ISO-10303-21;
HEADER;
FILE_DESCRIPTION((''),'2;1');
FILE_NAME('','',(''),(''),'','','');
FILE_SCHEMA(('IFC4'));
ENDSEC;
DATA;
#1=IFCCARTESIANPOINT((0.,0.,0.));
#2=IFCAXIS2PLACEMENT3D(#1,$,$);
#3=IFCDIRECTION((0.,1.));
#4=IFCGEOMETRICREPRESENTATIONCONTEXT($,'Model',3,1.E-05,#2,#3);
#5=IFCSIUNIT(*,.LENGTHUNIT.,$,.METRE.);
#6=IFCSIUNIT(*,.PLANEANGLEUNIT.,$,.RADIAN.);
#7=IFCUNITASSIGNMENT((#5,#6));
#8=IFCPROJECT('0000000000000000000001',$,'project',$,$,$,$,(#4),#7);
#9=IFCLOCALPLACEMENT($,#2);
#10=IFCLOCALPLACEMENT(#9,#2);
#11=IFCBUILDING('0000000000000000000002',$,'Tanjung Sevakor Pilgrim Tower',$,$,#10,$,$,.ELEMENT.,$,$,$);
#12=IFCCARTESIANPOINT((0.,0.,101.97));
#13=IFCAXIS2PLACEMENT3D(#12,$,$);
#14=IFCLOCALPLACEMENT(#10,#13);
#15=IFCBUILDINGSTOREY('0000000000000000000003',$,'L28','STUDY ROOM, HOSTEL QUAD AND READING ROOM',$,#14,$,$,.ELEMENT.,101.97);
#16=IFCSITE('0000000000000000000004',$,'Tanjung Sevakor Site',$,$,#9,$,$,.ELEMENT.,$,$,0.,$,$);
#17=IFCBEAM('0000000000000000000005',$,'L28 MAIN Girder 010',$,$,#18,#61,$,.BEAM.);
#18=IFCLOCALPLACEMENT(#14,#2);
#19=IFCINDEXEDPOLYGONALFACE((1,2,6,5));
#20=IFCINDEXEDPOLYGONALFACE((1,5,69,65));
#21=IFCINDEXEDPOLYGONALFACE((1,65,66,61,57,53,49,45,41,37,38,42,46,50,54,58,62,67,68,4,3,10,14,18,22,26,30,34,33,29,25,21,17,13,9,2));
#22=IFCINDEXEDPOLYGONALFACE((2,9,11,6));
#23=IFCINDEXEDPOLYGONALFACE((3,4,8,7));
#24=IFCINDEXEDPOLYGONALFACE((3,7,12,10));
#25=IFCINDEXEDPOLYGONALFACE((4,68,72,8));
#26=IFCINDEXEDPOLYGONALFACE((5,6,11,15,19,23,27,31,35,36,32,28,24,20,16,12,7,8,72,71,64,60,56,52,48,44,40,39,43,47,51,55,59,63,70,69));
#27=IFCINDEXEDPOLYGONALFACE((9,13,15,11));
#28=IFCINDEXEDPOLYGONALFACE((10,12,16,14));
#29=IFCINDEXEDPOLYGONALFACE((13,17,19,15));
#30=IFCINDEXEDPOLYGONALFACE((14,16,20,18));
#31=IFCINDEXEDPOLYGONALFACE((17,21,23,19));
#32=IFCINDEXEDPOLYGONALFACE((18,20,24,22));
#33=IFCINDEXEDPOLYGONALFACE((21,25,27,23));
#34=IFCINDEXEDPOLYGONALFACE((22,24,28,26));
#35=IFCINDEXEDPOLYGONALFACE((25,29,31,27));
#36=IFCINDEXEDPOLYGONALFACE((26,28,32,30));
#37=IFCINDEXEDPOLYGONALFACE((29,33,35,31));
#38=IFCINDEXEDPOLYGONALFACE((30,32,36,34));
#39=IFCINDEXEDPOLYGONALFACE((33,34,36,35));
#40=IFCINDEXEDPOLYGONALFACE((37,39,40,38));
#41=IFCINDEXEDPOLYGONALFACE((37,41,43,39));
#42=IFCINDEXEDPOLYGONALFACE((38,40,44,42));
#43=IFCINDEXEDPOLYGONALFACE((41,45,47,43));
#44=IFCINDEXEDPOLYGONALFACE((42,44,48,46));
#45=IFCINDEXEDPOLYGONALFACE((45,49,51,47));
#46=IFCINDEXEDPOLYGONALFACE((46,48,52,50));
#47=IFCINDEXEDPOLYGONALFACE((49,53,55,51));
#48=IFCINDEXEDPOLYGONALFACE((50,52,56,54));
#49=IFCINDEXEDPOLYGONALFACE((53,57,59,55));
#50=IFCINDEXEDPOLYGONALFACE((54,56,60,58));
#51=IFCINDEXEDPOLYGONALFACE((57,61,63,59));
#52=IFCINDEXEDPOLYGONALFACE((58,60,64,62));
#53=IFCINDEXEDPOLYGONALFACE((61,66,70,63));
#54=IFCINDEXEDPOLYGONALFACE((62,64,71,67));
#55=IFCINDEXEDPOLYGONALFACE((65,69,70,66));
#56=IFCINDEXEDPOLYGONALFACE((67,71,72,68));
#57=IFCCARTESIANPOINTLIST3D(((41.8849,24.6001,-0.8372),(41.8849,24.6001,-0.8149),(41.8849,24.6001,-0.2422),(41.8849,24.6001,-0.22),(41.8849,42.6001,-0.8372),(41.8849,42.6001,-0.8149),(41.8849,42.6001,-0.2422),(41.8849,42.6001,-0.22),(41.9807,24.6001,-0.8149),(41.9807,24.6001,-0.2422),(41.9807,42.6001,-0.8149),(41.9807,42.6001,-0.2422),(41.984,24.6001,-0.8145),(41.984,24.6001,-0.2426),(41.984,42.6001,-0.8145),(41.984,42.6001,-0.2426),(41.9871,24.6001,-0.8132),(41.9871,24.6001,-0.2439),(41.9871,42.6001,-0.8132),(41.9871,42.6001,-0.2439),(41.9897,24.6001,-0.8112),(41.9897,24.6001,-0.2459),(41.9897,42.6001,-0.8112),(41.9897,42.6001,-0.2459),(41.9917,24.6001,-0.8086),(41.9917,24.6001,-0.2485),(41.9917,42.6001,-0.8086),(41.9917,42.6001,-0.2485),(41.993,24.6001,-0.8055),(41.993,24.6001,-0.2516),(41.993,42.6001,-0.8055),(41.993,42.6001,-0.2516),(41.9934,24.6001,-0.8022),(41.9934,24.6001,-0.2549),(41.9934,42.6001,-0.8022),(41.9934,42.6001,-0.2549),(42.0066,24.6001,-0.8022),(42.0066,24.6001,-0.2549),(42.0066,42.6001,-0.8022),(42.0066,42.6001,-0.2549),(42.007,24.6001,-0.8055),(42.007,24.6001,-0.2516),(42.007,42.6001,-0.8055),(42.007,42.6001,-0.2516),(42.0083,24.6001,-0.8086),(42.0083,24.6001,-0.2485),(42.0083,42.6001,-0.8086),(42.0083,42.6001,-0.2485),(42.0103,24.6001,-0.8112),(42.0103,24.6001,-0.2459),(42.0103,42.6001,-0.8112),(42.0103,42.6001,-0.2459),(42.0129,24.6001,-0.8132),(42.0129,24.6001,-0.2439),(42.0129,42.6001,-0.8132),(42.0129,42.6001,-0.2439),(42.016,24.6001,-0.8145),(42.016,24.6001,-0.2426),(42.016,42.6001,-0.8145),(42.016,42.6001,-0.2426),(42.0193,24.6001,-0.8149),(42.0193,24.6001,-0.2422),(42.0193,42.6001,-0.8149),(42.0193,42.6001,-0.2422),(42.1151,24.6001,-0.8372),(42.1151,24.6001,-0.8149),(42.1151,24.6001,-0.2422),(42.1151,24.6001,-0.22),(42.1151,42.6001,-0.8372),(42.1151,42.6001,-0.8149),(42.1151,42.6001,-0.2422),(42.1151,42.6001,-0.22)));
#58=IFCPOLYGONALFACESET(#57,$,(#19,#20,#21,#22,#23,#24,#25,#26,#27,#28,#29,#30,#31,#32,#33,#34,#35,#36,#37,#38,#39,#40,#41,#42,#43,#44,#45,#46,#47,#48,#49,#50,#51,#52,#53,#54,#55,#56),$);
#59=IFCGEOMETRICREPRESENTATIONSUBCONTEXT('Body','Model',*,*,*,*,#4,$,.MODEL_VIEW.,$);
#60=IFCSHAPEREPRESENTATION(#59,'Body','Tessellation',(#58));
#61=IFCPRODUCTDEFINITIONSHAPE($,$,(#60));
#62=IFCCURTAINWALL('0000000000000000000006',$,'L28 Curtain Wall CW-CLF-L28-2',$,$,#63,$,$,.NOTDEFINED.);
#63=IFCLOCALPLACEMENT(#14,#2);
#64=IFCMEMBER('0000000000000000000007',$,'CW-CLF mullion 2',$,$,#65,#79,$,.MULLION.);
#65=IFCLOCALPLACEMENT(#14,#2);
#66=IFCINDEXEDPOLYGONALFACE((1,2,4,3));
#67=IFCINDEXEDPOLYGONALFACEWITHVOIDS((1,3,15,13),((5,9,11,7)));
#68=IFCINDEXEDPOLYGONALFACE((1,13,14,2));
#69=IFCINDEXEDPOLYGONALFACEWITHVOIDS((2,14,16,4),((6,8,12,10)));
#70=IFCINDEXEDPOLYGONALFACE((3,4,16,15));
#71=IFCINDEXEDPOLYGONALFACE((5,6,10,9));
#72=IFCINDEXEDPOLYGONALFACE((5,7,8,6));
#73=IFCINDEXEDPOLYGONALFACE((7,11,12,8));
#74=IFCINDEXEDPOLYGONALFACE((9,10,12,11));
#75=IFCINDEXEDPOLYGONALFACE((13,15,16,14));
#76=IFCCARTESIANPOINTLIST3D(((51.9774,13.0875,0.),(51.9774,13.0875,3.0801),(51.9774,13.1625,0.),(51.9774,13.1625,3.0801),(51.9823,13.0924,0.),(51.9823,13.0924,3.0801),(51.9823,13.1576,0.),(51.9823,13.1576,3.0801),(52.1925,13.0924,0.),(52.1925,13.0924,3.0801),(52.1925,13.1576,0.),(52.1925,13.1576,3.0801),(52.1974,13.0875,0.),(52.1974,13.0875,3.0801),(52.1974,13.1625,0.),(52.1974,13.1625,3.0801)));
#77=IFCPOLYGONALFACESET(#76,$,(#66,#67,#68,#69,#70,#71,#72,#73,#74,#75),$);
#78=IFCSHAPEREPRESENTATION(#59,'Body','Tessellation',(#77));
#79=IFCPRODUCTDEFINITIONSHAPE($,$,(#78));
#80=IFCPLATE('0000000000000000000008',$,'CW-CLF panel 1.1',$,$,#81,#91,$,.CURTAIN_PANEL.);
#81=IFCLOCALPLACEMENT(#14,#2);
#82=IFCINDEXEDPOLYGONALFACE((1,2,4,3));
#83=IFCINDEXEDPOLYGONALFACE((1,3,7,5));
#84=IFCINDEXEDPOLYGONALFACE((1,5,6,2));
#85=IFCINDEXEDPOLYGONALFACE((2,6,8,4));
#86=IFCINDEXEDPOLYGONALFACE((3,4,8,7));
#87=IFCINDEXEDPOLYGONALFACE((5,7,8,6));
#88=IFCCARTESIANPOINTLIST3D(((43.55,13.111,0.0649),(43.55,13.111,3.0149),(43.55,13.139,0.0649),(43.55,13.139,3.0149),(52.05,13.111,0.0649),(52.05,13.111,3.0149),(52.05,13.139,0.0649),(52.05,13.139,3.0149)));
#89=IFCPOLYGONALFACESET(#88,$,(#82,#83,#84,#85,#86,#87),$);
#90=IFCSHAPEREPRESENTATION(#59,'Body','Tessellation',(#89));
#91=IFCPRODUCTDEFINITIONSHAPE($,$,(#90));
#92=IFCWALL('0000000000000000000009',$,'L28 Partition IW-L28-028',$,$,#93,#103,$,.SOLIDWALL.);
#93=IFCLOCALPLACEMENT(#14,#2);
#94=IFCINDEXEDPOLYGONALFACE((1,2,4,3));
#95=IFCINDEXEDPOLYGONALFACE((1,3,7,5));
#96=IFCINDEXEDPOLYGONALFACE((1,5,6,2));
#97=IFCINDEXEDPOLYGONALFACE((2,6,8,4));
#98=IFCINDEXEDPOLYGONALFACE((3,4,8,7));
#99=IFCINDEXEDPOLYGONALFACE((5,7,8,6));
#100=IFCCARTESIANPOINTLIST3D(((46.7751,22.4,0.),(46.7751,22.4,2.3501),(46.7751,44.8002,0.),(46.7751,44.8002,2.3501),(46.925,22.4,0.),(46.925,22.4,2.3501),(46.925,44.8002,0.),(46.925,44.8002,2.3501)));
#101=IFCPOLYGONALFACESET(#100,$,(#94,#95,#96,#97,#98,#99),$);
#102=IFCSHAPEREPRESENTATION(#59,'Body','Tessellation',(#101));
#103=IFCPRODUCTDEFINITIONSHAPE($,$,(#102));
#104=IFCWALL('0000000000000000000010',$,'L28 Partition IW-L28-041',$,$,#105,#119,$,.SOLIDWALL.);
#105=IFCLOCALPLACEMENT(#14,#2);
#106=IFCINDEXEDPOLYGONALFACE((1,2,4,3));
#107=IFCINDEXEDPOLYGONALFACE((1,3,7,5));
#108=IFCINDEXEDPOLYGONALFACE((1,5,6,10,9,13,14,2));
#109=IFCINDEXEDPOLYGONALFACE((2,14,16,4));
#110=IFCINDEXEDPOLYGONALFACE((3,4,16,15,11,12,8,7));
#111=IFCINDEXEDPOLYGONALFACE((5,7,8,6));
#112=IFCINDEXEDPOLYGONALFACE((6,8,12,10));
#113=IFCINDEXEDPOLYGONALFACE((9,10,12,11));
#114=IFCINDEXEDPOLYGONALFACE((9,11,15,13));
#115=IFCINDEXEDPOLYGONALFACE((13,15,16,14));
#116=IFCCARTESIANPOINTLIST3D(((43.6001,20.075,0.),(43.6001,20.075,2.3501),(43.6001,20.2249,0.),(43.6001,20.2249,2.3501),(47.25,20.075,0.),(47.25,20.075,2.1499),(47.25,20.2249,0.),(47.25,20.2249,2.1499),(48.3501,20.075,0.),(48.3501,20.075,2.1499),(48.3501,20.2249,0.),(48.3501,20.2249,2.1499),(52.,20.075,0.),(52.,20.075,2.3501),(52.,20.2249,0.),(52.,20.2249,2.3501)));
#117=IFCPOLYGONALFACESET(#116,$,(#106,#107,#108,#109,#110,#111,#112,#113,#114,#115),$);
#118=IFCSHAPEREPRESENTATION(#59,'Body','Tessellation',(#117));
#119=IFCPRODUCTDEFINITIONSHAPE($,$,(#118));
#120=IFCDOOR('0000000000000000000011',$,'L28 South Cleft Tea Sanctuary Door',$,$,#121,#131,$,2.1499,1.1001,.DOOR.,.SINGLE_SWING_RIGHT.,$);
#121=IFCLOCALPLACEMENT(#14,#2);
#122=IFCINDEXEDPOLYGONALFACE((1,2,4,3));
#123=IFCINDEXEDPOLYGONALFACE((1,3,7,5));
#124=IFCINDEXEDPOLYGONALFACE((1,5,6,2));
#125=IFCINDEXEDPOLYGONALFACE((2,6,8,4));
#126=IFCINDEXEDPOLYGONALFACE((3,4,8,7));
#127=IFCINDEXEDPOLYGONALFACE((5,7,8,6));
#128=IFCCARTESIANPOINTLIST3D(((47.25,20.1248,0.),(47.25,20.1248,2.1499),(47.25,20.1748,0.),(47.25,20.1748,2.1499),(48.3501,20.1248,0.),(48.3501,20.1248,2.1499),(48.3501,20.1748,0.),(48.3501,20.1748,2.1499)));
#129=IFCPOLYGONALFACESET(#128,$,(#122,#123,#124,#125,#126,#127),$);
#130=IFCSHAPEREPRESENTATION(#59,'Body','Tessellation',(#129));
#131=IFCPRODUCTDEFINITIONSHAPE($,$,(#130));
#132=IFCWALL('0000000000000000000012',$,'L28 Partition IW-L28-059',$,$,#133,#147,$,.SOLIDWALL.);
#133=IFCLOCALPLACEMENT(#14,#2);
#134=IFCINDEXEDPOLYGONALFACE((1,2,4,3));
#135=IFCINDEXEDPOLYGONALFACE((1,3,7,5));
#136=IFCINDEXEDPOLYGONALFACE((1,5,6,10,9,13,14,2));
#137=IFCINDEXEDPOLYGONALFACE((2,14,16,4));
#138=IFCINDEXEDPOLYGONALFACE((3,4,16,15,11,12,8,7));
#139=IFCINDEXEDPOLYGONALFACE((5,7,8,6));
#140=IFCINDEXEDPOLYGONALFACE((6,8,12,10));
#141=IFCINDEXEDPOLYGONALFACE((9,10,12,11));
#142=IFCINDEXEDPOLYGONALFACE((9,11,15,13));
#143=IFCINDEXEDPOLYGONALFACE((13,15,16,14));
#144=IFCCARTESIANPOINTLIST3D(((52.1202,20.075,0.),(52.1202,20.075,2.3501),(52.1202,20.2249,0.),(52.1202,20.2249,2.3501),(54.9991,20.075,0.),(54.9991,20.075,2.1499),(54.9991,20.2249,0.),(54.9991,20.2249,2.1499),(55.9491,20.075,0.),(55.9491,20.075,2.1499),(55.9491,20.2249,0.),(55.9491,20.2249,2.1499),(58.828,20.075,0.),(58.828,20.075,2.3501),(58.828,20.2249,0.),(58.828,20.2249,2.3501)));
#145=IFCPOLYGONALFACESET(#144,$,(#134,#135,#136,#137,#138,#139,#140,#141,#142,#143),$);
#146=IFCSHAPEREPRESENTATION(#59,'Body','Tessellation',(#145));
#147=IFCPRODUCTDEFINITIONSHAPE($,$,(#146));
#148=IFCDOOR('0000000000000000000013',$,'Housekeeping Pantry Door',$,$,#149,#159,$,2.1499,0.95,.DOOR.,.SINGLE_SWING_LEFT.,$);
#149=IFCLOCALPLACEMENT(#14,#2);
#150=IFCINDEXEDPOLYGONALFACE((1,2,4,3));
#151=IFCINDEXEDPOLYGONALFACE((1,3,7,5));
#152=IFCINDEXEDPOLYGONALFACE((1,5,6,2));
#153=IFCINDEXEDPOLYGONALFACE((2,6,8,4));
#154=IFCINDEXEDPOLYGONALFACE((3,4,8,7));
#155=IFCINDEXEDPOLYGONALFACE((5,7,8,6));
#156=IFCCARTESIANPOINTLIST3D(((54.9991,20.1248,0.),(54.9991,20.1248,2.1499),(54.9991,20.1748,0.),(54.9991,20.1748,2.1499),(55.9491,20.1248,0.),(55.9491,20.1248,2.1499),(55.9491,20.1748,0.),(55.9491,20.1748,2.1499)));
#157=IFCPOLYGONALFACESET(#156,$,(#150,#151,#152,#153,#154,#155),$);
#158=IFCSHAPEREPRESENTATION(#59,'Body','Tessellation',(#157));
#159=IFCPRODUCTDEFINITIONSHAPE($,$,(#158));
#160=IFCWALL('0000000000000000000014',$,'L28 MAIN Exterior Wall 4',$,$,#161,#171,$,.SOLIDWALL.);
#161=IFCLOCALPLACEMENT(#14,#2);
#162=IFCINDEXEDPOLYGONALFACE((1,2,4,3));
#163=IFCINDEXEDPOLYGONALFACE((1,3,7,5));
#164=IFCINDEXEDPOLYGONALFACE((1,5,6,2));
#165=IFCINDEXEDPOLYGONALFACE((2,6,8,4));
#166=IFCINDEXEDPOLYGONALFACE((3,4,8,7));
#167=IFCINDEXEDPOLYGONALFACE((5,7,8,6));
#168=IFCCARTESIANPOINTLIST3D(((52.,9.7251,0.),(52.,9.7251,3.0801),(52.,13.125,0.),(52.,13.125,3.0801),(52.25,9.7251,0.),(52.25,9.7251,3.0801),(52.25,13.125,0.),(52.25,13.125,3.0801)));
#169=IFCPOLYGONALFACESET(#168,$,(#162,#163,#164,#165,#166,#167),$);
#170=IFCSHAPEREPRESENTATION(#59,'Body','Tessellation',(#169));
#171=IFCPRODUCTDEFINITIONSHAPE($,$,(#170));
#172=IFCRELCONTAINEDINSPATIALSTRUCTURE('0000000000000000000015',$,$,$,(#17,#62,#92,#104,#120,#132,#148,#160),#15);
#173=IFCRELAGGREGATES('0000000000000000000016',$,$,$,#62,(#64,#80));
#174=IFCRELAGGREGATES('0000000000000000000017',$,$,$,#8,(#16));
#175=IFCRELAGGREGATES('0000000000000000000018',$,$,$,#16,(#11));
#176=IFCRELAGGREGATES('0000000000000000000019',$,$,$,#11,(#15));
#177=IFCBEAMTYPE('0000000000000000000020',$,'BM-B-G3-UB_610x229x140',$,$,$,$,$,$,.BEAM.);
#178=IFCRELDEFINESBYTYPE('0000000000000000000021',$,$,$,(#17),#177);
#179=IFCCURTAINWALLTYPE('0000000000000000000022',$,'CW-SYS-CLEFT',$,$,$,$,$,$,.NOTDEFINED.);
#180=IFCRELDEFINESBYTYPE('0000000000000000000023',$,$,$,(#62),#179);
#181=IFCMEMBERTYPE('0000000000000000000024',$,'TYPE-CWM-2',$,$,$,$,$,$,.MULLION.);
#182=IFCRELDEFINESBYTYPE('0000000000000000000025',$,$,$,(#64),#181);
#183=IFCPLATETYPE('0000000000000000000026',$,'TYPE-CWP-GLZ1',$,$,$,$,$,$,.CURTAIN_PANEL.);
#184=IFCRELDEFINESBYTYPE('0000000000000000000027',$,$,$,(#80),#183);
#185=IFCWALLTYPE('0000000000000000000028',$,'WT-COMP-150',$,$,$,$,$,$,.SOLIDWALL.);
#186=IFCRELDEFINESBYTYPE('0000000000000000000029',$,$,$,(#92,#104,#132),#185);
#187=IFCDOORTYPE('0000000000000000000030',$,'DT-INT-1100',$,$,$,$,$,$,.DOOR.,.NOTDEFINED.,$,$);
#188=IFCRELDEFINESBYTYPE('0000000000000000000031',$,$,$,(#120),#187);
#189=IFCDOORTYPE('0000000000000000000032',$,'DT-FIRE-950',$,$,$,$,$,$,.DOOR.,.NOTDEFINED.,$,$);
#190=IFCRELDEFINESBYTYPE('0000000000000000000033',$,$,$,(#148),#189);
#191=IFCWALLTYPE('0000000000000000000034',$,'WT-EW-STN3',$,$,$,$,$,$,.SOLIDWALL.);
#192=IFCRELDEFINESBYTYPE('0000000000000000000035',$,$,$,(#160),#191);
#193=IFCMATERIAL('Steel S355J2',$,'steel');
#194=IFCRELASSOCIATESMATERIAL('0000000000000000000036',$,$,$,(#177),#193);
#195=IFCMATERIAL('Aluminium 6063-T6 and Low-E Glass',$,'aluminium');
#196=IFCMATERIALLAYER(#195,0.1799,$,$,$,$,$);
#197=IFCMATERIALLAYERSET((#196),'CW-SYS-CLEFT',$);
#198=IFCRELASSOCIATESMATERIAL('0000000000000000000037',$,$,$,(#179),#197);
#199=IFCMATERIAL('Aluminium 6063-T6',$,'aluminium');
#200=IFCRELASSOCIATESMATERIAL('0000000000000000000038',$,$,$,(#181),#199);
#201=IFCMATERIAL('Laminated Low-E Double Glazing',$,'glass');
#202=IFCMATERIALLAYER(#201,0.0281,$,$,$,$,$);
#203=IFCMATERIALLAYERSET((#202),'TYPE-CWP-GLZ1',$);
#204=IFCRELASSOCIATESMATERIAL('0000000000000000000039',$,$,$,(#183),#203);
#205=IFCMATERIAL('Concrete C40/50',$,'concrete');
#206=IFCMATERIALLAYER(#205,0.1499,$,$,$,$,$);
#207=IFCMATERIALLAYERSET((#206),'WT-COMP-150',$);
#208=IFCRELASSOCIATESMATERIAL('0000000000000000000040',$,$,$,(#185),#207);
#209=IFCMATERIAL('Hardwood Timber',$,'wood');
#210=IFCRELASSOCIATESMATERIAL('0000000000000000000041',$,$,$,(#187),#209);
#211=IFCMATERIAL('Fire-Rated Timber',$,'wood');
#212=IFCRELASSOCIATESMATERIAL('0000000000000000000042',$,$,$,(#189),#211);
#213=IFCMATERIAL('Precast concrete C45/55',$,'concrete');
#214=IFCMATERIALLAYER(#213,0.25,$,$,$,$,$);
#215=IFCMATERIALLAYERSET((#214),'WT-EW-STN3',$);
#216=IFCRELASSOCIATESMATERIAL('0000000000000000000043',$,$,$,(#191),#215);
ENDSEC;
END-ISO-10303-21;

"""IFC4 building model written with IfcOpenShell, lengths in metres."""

from ifc_helpers import new_model, si_unit, direction, frame, frame_2d, origin, origin_2d, place, context, subcontext, project, spatial, rectangle, hollow_rectangle, i_section, extrude, material, layer, layer_set, material_profile, profile_set, type_object, element, fill, aggregate, save


model = new_model("IFC4")

# Units and contexts
model_context = context("Model", 3, precision=1e-05, world=origin(), true_north=direction((0.0, 1.0)))
body_context = subcontext(model_context, "Body", "Model", "MODEL_VIEW")
ifc_project = project(units=[si_unit("LENGTHUNIT", "METRE"), si_unit("PLANEANGLEUNIT", "RADIAN")], contexts=[model_context])

# Site, building, storey
site_placement = place(None, origin())
site = spatial("IfcSite", under=ifc_project, at=site_placement, Name="Tanjung Sevakor Site", CompositionType="ELEMENT", RefElevation=0.0)
building_placement = place(site_placement, origin())
building = spatial("IfcBuilding", under=site, at=building_placement, Name="Tanjung Sevakor Pilgrim Tower", CompositionType="ELEMENT")
storey_placement = place(building_placement, frame((0.0, 0.0, 101.97)))
storey = spatial("IfcBuildingStorey", under=building, at=storey_placement, Name="L28", Description="STUDY ROOM, HOSTEL QUAD AND READING ROOM", CompositionType="ELEMENT", Elevation=101.97)

# Beam
ifc_material_1 = material(Name="Steel S355J2", Category="steel")
ifc_material_profile_1 = material_profile(ifc_material_1, i_section(OverallWidth=0.2302, OverallDepth=0.6172, WebThickness=0.0132, FlangeThickness=0.0222, FilletRadius=0.0127, at=origin_2d()))
ifc_profile_set_1 = profile_set([ifc_material_profile_1], Name="Steel S355J2")
beam_type_1 = type_object("IfcBeamType", Name="BM-B-G3-UB_610x229x140", PredefinedType="BEAM", material=ifc_profile_set_1)
beam_placement = place(storey_placement, frame((42.0, 24.6001, -0.5286), z_axis=(0.0, 1.0, 0.0), x_axis=(-1.0, 0.0, 0.0)))
element("IfcBeam", 1, at=beam_placement, inside=storey, type_object=beam_type_1, Name="L28 MAIN Girder 010", PredefinedType="BEAM", context=body_context, shape_type="SweptSolid", body=[
    extrude(i_section(OverallWidth=0.2302, OverallDepth=0.6172, WebThickness=0.0132, FlangeThickness=0.0222, FilletRadius=0.0127, at=origin_2d()), origin(), (0.0, 0.0, 1.0), 18.0),
])

# Curtain wall, member, plate
ifc_material_2 = material(Name="Aluminium 6063-T6 and Low-E Glass", Category="aluminium")
ifc_layer_1 = layer(ifc_material_2, 0.1799)
ifc_layer_set_1 = layer_set([ifc_layer_1], Name="CW-SYS-CLEFT")
curtain_wall_type = type_object("IfcCurtainWallType", Name="CW-SYS-CLEFT", PredefinedType="NOTDEFINED", material=ifc_layer_set_1)
curtain_wall_placement = place(storey_placement, origin())
curtain_wall = element("IfcCurtainWall", 2, at=curtain_wall_placement, inside=storey, type_object=curtain_wall_type, Name="L28 Curtain Wall CW-CLF-L28-2", PredefinedType="NOTDEFINED")
ifc_material_3 = material(Name="Aluminium 6063-T6", Category="aluminium")
ifc_material_profile_2 = material_profile(ifc_material_3, hollow_rectangle(XDim=0.075, YDim=0.22, WallThickness=0.0049, at=origin_2d()))
ifc_profile_set_2 = profile_set([ifc_material_profile_2], Name="Aluminium 6063-T6")
member_type = type_object("IfcMemberType", Name="TYPE-CWM-2", PredefinedType="MULLION", material=ifc_profile_set_2)
member_placement = place(storey_placement, frame((52.0874, 13.125, 0.0), z_axis=(0.0, 0.0, 1.0), x_axis=(0.0, 1.0, 0.0)))
member = element("IfcMember", 3, at=member_placement, type_object=member_type, Name="CW-CLF mullion 2", PredefinedType="MULLION", context=body_context, shape_type="SweptSolid", body=[
    extrude(hollow_rectangle(XDim=0.075, YDim=0.22, WallThickness=0.0049, at=origin_2d()), origin(), (0.0, 0.0, 1.0), 3.0801),
])
ifc_material_4 = material(Name="Laminated Low-E Double Glazing", Category="glass")
ifc_layer_2 = layer(ifc_material_4, 0.0281)
ifc_layer_set_2 = layer_set([ifc_layer_2], Name="TYPE-CWP-GLZ1")
plate_type = type_object("IfcPlateType", Name="TYPE-CWP-GLZ1", PredefinedType="CURTAIN_PANEL", material=ifc_layer_set_2)
plate_placement = place(storey_placement, frame((47.8, 13.125, 0.0649), z_axis=(0.0, 0.0, 1.0), x_axis=(1.0, 0.0, 0.0)))
plate = element("IfcPlate", 4, at=plate_placement, type_object=plate_type, Name="CW-CLF panel 1.1", PredefinedType="CURTAIN_PANEL", context=body_context, shape_type="SweptSolid", body=[
    extrude(rectangle(XDim=8.5, YDim=0.0281, at=origin_2d()), origin(), (0.0, 0.0, 1.0), 2.95),
])
aggregate(curtain_wall, [member, plate])

# Wall
ifc_material_5 = material(Name="Concrete C40/50", Category="concrete")
ifc_layer_3 = layer(ifc_material_5, 0.1499)
ifc_layer_set_3 = layer_set([ifc_layer_3], Name="WT-COMP-150")
wall_type_1 = type_object("IfcWallType", Name="WT-COMP-150", PredefinedType="SOLIDWALL", material=ifc_layer_set_3)
wall_1_placement = place(storey_placement, frame((46.8501, 22.3999, 0.0), z_axis=(0.0, 0.0, 1.0), x_axis=(0.0, 1.0, 0.0)))
element("IfcWall", 5, at=wall_1_placement, inside=storey, type_object=wall_type_1, Name="L28 Partition IW-L28-028", PredefinedType="SOLIDWALL", context=body_context, shape_type="SweptSolid", body=[
    extrude(rectangle(XDim=22.4001, YDim=0.1499, at=frame_2d((11.2002, 0.0))), origin(), (0.0, 0.0, 1.0), 2.3501),
])

# Walls, openings, doors
wall_2_placement = place(storey_placement, frame((43.6001, 20.1499, 0.0), z_axis=(0.0, 0.0, 1.0), x_axis=(1.0, 0.0, 0.0)))
wall_2 = element("IfcWall", 6, at=wall_2_placement, inside=storey, type_object=wall_type_1, Name="L28 Partition IW-L28-041", PredefinedType="SOLIDWALL", context=body_context, shape_type="SweptSolid", body=[
    extrude(rectangle(XDim=8.3999, YDim=0.1499, at=frame_2d((4.2, 0.0))), origin(), (0.0, 0.0, 1.0), 2.3501),
])
opening_1_placement = place(wall_2_placement, frame((3.6499, 0.0, 0.0)))
opening_1 = element("IfcOpeningElement", 7, at=opening_1_placement, cuts=wall_2, PredefinedType="OPENING", context=body_context, shape_type="SweptSolid", body=[
    extrude(rectangle(XDim=1.1001, YDim=2.1499, at=frame_2d((0.55, 1.075))), frame((0.0, 0.085, 0.0), z_axis=(0.0, -1.0, 0.0), x_axis=(1.0, 0.0, 0.0)), (0.0, 0.0, 1.0), 0.1699),
])
ifc_material_6 = material(Name="Hardwood Timber", Category="wood")
door_type_1 = type_object("IfcDoorType", Name="DT-INT-1100", OperationType="NOTDEFINED", PredefinedType="DOOR", material=ifc_material_6)
door_1_placement = place(opening_1_placement, origin())
door_1 = element("IfcDoor", 8, at=door_1_placement, inside=storey, type_object=door_type_1, Name="L28 South Cleft Tea Sanctuary Door", OperationType="SINGLE_SWING_RIGHT", OverallHeight=2.1499, OverallWidth=1.1001, PredefinedType="DOOR", context=body_context, shape_type="SweptSolid", body=[
    extrude(rectangle(XDim=1.1001, YDim=2.1499, at=frame_2d((0.55, 1.075))), frame((0.0, 0.0249, 0.0), z_axis=(0.0, -1.0, 0.0), x_axis=(1.0, 0.0, 0.0)), (0.0, 0.0, 1.0), 0.05),
])
fill(opening_1, door_1)
ifc_material_7 = material(Name="Fire-Rated Timber", Category="wood")
door_type_2 = type_object("IfcDoorType", Name="DT-FIRE-950", OperationType="NOTDEFINED", PredefinedType="DOOR", material=ifc_material_7)
wall_3_placement = place(storey_placement, frame((52.1201, 20.1499, 0.0), z_axis=(0.0, 0.0, 1.0), x_axis=(1.0, 0.0, 0.0)))
wall_3 = element("IfcWall", 9, at=wall_3_placement, inside=storey, type_object=wall_type_1, Name="L28 Partition IW-L28-059", PredefinedType="SOLIDWALL", context=body_context, shape_type="SweptSolid", body=[
    extrude(rectangle(XDim=6.7078, YDim=0.1499, at=frame_2d((3.354, 0.0))), origin(), (0.0, 0.0, 1.0), 2.3501),
])
opening_2_placement = place(wall_3_placement, frame((2.8789, 0.0, 0.0)))
opening_2 = element("IfcOpeningElement", 10, at=opening_2_placement, cuts=wall_3, PredefinedType="OPENING", context=body_context, shape_type="SweptSolid", body=[
    extrude(rectangle(XDim=0.95, YDim=2.1499, at=frame_2d((0.4751, 1.075))), frame((0.0, 0.085, 0.0), z_axis=(0.0, -1.0, 0.0), x_axis=(1.0, 0.0, 0.0)), (0.0, 0.0, 1.0), 0.1699),
])
door_2_placement = place(opening_2_placement, origin())
door_2 = element("IfcDoor", 11, at=door_2_placement, inside=storey, type_object=door_type_2, Name="Housekeeping Pantry Door", OperationType="SINGLE_SWING_LEFT", OverallHeight=2.1499, OverallWidth=0.95, PredefinedType="DOOR", context=body_context, shape_type="SweptSolid", body=[
    extrude(rectangle(XDim=0.95, YDim=2.1499, at=frame_2d((0.4751, 1.075))), frame((0.0, 0.0249, 0.0), z_axis=(0.0, -1.0, 0.0), x_axis=(1.0, 0.0, 0.0)), (0.0, 0.0, 1.0), 0.05),
])
fill(opening_2, door_2)

# Wall
ifc_material_8 = material(Name="Precast concrete C45/55", Category="concrete")
ifc_layer_4 = layer(ifc_material_8, 0.25)
ifc_layer_set_4 = layer_set([ifc_layer_4], Name="WT-EW-STN3")
wall_type_2 = type_object("IfcWallType", Name="WT-EW-STN3", PredefinedType="SOLIDWALL", material=ifc_layer_set_4)
wall_4_placement = place(storey_placement, frame((52.125, 13.125, 0.0), z_axis=(0.0, 0.0, 1.0), x_axis=(0.0, -1.0, 0.0)))
element("IfcWall", 12, at=wall_4_placement, inside=storey, type_object=wall_type_2, Name="L28 MAIN Exterior Wall 4", PredefinedType="SOLIDWALL", context=body_context, shape_type="SweptSolid", body=[
    extrude(rectangle(XDim=3.3999, YDim=0.25, at=frame_2d((1.7, 0.0))), origin(), (0.0, 0.0, 1.0), 3.0801),
])

save(model, "model.ifc")
